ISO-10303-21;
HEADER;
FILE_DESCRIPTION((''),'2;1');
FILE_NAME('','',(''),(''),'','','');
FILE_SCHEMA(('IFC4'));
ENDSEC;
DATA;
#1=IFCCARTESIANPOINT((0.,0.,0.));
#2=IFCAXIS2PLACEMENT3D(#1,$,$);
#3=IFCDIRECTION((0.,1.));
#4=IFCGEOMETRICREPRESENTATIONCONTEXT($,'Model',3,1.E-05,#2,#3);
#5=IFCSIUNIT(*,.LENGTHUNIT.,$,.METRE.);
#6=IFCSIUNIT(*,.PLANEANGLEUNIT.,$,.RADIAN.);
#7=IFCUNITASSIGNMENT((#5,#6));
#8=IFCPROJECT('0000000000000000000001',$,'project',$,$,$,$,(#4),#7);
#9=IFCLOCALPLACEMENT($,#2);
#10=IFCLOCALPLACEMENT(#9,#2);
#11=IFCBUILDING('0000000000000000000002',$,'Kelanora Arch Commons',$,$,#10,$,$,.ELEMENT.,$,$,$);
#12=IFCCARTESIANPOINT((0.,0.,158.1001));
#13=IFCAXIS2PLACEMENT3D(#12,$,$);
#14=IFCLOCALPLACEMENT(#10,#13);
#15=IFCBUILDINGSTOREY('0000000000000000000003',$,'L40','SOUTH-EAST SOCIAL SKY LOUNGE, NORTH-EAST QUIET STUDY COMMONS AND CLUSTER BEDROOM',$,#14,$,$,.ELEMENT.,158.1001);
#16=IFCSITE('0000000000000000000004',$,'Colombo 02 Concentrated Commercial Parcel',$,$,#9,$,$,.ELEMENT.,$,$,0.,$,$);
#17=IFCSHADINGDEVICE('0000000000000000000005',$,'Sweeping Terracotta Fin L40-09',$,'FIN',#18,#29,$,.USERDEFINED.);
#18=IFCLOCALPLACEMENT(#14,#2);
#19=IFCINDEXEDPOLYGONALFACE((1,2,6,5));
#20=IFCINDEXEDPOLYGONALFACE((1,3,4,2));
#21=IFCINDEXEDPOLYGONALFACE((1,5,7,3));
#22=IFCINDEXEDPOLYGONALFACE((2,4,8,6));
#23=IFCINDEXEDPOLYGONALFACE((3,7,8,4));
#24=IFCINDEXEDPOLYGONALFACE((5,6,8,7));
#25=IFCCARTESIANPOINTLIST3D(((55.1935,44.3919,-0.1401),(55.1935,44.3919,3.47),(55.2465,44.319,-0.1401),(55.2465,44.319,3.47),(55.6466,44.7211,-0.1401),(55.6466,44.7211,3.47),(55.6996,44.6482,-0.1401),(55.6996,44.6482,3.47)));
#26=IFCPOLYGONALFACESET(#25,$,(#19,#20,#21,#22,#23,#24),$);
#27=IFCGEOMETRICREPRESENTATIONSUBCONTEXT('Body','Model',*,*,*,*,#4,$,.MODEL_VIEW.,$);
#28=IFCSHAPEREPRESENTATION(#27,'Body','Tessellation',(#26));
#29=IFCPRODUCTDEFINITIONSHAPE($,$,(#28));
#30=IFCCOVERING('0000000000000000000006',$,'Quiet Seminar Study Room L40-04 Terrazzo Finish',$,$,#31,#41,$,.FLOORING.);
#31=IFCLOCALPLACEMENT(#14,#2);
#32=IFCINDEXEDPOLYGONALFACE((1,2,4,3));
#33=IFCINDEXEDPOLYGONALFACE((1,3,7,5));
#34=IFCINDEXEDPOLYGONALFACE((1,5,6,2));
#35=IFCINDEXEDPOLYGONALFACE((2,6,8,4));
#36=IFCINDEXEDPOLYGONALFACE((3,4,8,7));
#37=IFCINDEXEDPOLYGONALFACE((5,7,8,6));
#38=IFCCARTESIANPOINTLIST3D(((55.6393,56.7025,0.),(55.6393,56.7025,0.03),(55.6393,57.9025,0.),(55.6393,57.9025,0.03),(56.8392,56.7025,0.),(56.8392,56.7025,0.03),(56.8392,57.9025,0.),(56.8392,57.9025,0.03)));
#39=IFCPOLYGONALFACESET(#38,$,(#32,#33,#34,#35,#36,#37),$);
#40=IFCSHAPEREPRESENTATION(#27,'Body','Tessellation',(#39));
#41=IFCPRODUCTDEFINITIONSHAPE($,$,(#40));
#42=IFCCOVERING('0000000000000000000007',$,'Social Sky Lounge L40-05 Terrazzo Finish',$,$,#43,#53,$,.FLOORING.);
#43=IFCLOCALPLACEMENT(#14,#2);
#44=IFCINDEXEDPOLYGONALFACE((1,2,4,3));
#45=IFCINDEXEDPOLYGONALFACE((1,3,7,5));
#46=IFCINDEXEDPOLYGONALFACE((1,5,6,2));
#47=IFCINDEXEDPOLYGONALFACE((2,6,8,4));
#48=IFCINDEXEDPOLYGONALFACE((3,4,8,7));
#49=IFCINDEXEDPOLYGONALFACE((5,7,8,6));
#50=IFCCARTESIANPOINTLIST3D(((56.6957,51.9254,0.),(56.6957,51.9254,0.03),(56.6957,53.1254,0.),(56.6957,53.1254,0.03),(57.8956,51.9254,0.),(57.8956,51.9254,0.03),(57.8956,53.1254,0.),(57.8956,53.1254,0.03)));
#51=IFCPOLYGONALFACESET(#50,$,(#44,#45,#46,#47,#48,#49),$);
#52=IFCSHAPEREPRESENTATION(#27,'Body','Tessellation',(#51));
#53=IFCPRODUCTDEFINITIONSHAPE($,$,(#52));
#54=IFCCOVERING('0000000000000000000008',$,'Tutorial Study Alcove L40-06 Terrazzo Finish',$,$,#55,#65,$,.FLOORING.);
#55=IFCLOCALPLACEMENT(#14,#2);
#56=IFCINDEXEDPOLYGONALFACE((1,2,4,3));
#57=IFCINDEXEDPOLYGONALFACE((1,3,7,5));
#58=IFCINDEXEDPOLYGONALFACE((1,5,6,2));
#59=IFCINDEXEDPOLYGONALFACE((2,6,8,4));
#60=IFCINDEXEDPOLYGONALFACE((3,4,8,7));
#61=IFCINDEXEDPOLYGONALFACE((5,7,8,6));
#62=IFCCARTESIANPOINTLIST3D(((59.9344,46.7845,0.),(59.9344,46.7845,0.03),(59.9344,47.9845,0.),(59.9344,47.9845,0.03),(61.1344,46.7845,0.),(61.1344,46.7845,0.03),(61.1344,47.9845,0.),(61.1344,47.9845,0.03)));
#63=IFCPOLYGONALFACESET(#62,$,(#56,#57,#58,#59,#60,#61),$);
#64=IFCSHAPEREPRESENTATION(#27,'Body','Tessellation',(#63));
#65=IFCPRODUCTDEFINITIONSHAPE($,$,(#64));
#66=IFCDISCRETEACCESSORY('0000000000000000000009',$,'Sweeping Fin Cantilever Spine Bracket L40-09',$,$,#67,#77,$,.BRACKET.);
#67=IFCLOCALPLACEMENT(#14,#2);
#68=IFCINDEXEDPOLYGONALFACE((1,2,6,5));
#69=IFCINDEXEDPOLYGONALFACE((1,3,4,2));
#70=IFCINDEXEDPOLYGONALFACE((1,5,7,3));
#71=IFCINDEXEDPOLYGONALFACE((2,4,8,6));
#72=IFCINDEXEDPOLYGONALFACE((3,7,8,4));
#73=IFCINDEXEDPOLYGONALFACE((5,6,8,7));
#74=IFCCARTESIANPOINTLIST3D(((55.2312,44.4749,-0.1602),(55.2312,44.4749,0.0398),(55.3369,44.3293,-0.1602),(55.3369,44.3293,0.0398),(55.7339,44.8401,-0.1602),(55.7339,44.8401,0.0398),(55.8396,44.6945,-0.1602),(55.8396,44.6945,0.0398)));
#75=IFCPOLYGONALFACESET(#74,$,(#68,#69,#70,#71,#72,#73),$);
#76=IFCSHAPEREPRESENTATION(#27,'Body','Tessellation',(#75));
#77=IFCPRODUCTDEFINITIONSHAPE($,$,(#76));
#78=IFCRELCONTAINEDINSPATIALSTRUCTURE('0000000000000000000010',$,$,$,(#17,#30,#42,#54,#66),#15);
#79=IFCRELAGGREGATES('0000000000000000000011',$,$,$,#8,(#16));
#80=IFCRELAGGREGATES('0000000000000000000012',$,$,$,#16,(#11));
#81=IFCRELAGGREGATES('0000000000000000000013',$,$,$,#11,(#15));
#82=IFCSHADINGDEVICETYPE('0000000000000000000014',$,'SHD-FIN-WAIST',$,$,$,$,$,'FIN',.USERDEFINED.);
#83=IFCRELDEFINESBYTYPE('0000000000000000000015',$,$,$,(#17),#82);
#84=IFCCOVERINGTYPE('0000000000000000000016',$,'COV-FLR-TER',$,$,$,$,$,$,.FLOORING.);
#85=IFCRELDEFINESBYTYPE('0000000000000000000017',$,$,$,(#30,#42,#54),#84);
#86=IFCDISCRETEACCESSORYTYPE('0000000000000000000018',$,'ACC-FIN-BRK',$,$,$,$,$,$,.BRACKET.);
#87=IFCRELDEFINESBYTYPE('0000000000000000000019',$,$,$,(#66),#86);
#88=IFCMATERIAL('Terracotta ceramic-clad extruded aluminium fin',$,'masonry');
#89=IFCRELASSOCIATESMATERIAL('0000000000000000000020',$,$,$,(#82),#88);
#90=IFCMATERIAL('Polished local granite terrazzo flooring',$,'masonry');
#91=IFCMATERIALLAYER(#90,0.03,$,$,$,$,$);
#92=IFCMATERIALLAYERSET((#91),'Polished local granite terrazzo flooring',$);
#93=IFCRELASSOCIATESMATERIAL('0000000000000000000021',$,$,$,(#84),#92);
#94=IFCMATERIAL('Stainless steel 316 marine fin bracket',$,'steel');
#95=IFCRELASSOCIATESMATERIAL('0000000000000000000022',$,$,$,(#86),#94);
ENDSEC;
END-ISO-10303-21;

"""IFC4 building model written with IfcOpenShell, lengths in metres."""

from ifc_helpers import new_model, si_unit, direction, frame, origin, origin_2d, place, context, subcontext, project, spatial, rectangle, extrude, source, transform, mapped, material, layer, layer_set, type_object, element, save


model = new_model("IFC4")

# Units and contexts
model_context = context("Model", 3, precision=1e-05, world=origin(), true_north=direction((0.0, 1.0)))
body_context = subcontext(model_context, "Body", "Model", "MODEL_VIEW")
ifc_project = project(units=[si_unit("LENGTHUNIT", "METRE"), si_unit("PLANEANGLEUNIT", "RADIAN")], contexts=[model_context])

# Site, building, storey
site_placement = place(None, origin())
site = spatial("IfcSite", under=ifc_project, at=site_placement, Name="Colombo 02 Concentrated Commercial Parcel", CompositionType="ELEMENT", RefElevation=0.0)
building_placement = place(site_placement, origin())
building = spatial("IfcBuilding", under=site, at=building_placement, Name="Kelanora Arch Commons", CompositionType="ELEMENT")
storey_placement = place(building_placement, frame((0.0, 0.0, 158.1001)))
storey = spatial("IfcBuildingStorey", under=building, at=storey_placement, Name="L40", Description="SOUTH-EAST SOCIAL SKY LOUNGE, NORTH-EAST QUIET STUDY COMMONS AND CLUSTER BEDROOM", CompositionType="ELEMENT", Elevation=158.1001)

# Shading device
ifc_material_1 = material(Name="Terracotta ceramic-clad extruded aluminium fin", Category="masonry")
shading_device_type = type_object("IfcShadingDeviceType", Name="SHD-FIN-WAIST", ElementType="FIN", PredefinedType="USERDEFINED", material=ifc_material_1)
shared_shape_1 = source(origin(), body_context, "Body", "SweptSolid", [
    extrude(rectangle(XDim=0.5601, YDim=0.0901, at=origin_2d()), origin(), (0.0, 0.0, 1.0), 3.6101),
])
shading_device_placement = place(storey_placement, frame((55.4465, 44.52, -0.1401), z_axis=(0.0, 0.0, 1.0), x_axis=(-0.809017, -0.587785, 0.0)))
element("IfcShadingDevice", 1, at=shading_device_placement, inside=storey, type_object=shading_device_type, Name="Sweeping Terracotta Fin L40-09", ObjectType="FIN", PredefinedType="USERDEFINED", context=body_context, shape_type="MappedRepresentation", body=[
    mapped(shared_shape_1, transform((0.0, 0.0, 0.0), scale=1.0)),
])

# Coverings
ifc_material_2 = material(Name="Polished local granite terrazzo flooring", Category="masonry")
ifc_layer_1 = layer(ifc_material_2, 0.03)
ifc_layer_set_1 = layer_set([ifc_layer_1], Name="Polished local granite terrazzo flooring")
covering_type = type_object("IfcCoveringType", Name="COV-FLR-TER", PredefinedType="FLOORING", material=ifc_layer_set_1)
shared_shape_2 = source(origin(), body_context, "Body", "SweptSolid", [
    extrude(rectangle(XDim=1.2, YDim=1.2, at=origin_2d()), origin(), (0.0, 0.0, 1.0), 0.03),
])
for number, where, z_axis, x_axis, name in (
    (2, (56.2393, 57.3025, 0.0), (0.0, 0.0, 1.0), (1.0, 0.0, 0.0), "Quiet Seminar Study Room L40-04 Terrazzo Finish"),
    (3, (57.2957, 52.5254, 0.0), (0.0, 0.0, 1.0), (1.0, 0.0, 0.0), "Social Sky Lounge L40-05 Terrazzo Finish"),
    (4, (60.5344, 47.3845, 0.0), (0.0, 0.0, 1.0), (1.0, 0.0, 0.0), "Tutorial Study Alcove L40-06 Terrazzo Finish"),
):
    element("IfcCovering", number, at=place(storey_placement, frame(where, z_axis=z_axis, x_axis=x_axis)), inside=storey, type_object=covering_type, Name=name, PredefinedType="FLOORING", context=body_context, shape_type="MappedRepresentation", body=[
        mapped(shared_shape_2, transform((0.0, 0.0, 0.0), scale=1.0)),
    ])

# Discrete accessory
ifc_material_3 = material(Name="Stainless steel 316 marine fin bracket", Category="steel")
discrete_accessory_type = type_object("IfcDiscreteAccessoryType", Name="ACC-FIN-BRK", PredefinedType="BRACKET", material=ifc_material_3)
shared_shape_3 = source(origin(), body_context, "Body", "SweptSolid", [
    extrude(rectangle(XDim=0.6213, YDim=0.1799, at=origin_2d()), origin(), (0.0, 0.0, 1.0), 0.2),
])
discrete_accessory_placement = place(storey_placement, frame((55.5354, 44.5847, -0.1602), z_axis=(0.0, 0.0, 1.0), x_axis=(-0.809017, -0.587785, 0.0)))
element("IfcDiscreteAccessory", 5, at=discrete_accessory_placement, inside=storey, type_object=discrete_accessory_type, Name="Sweeping Fin Cantilever Spine Bracket L40-09", PredefinedType="BRACKET", context=body_context, shape_type="MappedRepresentation", body=[
    mapped(shared_shape_3, transform((0.0, 0.0, 0.0), scale=1.0)),
])

save(model, "model.ifc")
